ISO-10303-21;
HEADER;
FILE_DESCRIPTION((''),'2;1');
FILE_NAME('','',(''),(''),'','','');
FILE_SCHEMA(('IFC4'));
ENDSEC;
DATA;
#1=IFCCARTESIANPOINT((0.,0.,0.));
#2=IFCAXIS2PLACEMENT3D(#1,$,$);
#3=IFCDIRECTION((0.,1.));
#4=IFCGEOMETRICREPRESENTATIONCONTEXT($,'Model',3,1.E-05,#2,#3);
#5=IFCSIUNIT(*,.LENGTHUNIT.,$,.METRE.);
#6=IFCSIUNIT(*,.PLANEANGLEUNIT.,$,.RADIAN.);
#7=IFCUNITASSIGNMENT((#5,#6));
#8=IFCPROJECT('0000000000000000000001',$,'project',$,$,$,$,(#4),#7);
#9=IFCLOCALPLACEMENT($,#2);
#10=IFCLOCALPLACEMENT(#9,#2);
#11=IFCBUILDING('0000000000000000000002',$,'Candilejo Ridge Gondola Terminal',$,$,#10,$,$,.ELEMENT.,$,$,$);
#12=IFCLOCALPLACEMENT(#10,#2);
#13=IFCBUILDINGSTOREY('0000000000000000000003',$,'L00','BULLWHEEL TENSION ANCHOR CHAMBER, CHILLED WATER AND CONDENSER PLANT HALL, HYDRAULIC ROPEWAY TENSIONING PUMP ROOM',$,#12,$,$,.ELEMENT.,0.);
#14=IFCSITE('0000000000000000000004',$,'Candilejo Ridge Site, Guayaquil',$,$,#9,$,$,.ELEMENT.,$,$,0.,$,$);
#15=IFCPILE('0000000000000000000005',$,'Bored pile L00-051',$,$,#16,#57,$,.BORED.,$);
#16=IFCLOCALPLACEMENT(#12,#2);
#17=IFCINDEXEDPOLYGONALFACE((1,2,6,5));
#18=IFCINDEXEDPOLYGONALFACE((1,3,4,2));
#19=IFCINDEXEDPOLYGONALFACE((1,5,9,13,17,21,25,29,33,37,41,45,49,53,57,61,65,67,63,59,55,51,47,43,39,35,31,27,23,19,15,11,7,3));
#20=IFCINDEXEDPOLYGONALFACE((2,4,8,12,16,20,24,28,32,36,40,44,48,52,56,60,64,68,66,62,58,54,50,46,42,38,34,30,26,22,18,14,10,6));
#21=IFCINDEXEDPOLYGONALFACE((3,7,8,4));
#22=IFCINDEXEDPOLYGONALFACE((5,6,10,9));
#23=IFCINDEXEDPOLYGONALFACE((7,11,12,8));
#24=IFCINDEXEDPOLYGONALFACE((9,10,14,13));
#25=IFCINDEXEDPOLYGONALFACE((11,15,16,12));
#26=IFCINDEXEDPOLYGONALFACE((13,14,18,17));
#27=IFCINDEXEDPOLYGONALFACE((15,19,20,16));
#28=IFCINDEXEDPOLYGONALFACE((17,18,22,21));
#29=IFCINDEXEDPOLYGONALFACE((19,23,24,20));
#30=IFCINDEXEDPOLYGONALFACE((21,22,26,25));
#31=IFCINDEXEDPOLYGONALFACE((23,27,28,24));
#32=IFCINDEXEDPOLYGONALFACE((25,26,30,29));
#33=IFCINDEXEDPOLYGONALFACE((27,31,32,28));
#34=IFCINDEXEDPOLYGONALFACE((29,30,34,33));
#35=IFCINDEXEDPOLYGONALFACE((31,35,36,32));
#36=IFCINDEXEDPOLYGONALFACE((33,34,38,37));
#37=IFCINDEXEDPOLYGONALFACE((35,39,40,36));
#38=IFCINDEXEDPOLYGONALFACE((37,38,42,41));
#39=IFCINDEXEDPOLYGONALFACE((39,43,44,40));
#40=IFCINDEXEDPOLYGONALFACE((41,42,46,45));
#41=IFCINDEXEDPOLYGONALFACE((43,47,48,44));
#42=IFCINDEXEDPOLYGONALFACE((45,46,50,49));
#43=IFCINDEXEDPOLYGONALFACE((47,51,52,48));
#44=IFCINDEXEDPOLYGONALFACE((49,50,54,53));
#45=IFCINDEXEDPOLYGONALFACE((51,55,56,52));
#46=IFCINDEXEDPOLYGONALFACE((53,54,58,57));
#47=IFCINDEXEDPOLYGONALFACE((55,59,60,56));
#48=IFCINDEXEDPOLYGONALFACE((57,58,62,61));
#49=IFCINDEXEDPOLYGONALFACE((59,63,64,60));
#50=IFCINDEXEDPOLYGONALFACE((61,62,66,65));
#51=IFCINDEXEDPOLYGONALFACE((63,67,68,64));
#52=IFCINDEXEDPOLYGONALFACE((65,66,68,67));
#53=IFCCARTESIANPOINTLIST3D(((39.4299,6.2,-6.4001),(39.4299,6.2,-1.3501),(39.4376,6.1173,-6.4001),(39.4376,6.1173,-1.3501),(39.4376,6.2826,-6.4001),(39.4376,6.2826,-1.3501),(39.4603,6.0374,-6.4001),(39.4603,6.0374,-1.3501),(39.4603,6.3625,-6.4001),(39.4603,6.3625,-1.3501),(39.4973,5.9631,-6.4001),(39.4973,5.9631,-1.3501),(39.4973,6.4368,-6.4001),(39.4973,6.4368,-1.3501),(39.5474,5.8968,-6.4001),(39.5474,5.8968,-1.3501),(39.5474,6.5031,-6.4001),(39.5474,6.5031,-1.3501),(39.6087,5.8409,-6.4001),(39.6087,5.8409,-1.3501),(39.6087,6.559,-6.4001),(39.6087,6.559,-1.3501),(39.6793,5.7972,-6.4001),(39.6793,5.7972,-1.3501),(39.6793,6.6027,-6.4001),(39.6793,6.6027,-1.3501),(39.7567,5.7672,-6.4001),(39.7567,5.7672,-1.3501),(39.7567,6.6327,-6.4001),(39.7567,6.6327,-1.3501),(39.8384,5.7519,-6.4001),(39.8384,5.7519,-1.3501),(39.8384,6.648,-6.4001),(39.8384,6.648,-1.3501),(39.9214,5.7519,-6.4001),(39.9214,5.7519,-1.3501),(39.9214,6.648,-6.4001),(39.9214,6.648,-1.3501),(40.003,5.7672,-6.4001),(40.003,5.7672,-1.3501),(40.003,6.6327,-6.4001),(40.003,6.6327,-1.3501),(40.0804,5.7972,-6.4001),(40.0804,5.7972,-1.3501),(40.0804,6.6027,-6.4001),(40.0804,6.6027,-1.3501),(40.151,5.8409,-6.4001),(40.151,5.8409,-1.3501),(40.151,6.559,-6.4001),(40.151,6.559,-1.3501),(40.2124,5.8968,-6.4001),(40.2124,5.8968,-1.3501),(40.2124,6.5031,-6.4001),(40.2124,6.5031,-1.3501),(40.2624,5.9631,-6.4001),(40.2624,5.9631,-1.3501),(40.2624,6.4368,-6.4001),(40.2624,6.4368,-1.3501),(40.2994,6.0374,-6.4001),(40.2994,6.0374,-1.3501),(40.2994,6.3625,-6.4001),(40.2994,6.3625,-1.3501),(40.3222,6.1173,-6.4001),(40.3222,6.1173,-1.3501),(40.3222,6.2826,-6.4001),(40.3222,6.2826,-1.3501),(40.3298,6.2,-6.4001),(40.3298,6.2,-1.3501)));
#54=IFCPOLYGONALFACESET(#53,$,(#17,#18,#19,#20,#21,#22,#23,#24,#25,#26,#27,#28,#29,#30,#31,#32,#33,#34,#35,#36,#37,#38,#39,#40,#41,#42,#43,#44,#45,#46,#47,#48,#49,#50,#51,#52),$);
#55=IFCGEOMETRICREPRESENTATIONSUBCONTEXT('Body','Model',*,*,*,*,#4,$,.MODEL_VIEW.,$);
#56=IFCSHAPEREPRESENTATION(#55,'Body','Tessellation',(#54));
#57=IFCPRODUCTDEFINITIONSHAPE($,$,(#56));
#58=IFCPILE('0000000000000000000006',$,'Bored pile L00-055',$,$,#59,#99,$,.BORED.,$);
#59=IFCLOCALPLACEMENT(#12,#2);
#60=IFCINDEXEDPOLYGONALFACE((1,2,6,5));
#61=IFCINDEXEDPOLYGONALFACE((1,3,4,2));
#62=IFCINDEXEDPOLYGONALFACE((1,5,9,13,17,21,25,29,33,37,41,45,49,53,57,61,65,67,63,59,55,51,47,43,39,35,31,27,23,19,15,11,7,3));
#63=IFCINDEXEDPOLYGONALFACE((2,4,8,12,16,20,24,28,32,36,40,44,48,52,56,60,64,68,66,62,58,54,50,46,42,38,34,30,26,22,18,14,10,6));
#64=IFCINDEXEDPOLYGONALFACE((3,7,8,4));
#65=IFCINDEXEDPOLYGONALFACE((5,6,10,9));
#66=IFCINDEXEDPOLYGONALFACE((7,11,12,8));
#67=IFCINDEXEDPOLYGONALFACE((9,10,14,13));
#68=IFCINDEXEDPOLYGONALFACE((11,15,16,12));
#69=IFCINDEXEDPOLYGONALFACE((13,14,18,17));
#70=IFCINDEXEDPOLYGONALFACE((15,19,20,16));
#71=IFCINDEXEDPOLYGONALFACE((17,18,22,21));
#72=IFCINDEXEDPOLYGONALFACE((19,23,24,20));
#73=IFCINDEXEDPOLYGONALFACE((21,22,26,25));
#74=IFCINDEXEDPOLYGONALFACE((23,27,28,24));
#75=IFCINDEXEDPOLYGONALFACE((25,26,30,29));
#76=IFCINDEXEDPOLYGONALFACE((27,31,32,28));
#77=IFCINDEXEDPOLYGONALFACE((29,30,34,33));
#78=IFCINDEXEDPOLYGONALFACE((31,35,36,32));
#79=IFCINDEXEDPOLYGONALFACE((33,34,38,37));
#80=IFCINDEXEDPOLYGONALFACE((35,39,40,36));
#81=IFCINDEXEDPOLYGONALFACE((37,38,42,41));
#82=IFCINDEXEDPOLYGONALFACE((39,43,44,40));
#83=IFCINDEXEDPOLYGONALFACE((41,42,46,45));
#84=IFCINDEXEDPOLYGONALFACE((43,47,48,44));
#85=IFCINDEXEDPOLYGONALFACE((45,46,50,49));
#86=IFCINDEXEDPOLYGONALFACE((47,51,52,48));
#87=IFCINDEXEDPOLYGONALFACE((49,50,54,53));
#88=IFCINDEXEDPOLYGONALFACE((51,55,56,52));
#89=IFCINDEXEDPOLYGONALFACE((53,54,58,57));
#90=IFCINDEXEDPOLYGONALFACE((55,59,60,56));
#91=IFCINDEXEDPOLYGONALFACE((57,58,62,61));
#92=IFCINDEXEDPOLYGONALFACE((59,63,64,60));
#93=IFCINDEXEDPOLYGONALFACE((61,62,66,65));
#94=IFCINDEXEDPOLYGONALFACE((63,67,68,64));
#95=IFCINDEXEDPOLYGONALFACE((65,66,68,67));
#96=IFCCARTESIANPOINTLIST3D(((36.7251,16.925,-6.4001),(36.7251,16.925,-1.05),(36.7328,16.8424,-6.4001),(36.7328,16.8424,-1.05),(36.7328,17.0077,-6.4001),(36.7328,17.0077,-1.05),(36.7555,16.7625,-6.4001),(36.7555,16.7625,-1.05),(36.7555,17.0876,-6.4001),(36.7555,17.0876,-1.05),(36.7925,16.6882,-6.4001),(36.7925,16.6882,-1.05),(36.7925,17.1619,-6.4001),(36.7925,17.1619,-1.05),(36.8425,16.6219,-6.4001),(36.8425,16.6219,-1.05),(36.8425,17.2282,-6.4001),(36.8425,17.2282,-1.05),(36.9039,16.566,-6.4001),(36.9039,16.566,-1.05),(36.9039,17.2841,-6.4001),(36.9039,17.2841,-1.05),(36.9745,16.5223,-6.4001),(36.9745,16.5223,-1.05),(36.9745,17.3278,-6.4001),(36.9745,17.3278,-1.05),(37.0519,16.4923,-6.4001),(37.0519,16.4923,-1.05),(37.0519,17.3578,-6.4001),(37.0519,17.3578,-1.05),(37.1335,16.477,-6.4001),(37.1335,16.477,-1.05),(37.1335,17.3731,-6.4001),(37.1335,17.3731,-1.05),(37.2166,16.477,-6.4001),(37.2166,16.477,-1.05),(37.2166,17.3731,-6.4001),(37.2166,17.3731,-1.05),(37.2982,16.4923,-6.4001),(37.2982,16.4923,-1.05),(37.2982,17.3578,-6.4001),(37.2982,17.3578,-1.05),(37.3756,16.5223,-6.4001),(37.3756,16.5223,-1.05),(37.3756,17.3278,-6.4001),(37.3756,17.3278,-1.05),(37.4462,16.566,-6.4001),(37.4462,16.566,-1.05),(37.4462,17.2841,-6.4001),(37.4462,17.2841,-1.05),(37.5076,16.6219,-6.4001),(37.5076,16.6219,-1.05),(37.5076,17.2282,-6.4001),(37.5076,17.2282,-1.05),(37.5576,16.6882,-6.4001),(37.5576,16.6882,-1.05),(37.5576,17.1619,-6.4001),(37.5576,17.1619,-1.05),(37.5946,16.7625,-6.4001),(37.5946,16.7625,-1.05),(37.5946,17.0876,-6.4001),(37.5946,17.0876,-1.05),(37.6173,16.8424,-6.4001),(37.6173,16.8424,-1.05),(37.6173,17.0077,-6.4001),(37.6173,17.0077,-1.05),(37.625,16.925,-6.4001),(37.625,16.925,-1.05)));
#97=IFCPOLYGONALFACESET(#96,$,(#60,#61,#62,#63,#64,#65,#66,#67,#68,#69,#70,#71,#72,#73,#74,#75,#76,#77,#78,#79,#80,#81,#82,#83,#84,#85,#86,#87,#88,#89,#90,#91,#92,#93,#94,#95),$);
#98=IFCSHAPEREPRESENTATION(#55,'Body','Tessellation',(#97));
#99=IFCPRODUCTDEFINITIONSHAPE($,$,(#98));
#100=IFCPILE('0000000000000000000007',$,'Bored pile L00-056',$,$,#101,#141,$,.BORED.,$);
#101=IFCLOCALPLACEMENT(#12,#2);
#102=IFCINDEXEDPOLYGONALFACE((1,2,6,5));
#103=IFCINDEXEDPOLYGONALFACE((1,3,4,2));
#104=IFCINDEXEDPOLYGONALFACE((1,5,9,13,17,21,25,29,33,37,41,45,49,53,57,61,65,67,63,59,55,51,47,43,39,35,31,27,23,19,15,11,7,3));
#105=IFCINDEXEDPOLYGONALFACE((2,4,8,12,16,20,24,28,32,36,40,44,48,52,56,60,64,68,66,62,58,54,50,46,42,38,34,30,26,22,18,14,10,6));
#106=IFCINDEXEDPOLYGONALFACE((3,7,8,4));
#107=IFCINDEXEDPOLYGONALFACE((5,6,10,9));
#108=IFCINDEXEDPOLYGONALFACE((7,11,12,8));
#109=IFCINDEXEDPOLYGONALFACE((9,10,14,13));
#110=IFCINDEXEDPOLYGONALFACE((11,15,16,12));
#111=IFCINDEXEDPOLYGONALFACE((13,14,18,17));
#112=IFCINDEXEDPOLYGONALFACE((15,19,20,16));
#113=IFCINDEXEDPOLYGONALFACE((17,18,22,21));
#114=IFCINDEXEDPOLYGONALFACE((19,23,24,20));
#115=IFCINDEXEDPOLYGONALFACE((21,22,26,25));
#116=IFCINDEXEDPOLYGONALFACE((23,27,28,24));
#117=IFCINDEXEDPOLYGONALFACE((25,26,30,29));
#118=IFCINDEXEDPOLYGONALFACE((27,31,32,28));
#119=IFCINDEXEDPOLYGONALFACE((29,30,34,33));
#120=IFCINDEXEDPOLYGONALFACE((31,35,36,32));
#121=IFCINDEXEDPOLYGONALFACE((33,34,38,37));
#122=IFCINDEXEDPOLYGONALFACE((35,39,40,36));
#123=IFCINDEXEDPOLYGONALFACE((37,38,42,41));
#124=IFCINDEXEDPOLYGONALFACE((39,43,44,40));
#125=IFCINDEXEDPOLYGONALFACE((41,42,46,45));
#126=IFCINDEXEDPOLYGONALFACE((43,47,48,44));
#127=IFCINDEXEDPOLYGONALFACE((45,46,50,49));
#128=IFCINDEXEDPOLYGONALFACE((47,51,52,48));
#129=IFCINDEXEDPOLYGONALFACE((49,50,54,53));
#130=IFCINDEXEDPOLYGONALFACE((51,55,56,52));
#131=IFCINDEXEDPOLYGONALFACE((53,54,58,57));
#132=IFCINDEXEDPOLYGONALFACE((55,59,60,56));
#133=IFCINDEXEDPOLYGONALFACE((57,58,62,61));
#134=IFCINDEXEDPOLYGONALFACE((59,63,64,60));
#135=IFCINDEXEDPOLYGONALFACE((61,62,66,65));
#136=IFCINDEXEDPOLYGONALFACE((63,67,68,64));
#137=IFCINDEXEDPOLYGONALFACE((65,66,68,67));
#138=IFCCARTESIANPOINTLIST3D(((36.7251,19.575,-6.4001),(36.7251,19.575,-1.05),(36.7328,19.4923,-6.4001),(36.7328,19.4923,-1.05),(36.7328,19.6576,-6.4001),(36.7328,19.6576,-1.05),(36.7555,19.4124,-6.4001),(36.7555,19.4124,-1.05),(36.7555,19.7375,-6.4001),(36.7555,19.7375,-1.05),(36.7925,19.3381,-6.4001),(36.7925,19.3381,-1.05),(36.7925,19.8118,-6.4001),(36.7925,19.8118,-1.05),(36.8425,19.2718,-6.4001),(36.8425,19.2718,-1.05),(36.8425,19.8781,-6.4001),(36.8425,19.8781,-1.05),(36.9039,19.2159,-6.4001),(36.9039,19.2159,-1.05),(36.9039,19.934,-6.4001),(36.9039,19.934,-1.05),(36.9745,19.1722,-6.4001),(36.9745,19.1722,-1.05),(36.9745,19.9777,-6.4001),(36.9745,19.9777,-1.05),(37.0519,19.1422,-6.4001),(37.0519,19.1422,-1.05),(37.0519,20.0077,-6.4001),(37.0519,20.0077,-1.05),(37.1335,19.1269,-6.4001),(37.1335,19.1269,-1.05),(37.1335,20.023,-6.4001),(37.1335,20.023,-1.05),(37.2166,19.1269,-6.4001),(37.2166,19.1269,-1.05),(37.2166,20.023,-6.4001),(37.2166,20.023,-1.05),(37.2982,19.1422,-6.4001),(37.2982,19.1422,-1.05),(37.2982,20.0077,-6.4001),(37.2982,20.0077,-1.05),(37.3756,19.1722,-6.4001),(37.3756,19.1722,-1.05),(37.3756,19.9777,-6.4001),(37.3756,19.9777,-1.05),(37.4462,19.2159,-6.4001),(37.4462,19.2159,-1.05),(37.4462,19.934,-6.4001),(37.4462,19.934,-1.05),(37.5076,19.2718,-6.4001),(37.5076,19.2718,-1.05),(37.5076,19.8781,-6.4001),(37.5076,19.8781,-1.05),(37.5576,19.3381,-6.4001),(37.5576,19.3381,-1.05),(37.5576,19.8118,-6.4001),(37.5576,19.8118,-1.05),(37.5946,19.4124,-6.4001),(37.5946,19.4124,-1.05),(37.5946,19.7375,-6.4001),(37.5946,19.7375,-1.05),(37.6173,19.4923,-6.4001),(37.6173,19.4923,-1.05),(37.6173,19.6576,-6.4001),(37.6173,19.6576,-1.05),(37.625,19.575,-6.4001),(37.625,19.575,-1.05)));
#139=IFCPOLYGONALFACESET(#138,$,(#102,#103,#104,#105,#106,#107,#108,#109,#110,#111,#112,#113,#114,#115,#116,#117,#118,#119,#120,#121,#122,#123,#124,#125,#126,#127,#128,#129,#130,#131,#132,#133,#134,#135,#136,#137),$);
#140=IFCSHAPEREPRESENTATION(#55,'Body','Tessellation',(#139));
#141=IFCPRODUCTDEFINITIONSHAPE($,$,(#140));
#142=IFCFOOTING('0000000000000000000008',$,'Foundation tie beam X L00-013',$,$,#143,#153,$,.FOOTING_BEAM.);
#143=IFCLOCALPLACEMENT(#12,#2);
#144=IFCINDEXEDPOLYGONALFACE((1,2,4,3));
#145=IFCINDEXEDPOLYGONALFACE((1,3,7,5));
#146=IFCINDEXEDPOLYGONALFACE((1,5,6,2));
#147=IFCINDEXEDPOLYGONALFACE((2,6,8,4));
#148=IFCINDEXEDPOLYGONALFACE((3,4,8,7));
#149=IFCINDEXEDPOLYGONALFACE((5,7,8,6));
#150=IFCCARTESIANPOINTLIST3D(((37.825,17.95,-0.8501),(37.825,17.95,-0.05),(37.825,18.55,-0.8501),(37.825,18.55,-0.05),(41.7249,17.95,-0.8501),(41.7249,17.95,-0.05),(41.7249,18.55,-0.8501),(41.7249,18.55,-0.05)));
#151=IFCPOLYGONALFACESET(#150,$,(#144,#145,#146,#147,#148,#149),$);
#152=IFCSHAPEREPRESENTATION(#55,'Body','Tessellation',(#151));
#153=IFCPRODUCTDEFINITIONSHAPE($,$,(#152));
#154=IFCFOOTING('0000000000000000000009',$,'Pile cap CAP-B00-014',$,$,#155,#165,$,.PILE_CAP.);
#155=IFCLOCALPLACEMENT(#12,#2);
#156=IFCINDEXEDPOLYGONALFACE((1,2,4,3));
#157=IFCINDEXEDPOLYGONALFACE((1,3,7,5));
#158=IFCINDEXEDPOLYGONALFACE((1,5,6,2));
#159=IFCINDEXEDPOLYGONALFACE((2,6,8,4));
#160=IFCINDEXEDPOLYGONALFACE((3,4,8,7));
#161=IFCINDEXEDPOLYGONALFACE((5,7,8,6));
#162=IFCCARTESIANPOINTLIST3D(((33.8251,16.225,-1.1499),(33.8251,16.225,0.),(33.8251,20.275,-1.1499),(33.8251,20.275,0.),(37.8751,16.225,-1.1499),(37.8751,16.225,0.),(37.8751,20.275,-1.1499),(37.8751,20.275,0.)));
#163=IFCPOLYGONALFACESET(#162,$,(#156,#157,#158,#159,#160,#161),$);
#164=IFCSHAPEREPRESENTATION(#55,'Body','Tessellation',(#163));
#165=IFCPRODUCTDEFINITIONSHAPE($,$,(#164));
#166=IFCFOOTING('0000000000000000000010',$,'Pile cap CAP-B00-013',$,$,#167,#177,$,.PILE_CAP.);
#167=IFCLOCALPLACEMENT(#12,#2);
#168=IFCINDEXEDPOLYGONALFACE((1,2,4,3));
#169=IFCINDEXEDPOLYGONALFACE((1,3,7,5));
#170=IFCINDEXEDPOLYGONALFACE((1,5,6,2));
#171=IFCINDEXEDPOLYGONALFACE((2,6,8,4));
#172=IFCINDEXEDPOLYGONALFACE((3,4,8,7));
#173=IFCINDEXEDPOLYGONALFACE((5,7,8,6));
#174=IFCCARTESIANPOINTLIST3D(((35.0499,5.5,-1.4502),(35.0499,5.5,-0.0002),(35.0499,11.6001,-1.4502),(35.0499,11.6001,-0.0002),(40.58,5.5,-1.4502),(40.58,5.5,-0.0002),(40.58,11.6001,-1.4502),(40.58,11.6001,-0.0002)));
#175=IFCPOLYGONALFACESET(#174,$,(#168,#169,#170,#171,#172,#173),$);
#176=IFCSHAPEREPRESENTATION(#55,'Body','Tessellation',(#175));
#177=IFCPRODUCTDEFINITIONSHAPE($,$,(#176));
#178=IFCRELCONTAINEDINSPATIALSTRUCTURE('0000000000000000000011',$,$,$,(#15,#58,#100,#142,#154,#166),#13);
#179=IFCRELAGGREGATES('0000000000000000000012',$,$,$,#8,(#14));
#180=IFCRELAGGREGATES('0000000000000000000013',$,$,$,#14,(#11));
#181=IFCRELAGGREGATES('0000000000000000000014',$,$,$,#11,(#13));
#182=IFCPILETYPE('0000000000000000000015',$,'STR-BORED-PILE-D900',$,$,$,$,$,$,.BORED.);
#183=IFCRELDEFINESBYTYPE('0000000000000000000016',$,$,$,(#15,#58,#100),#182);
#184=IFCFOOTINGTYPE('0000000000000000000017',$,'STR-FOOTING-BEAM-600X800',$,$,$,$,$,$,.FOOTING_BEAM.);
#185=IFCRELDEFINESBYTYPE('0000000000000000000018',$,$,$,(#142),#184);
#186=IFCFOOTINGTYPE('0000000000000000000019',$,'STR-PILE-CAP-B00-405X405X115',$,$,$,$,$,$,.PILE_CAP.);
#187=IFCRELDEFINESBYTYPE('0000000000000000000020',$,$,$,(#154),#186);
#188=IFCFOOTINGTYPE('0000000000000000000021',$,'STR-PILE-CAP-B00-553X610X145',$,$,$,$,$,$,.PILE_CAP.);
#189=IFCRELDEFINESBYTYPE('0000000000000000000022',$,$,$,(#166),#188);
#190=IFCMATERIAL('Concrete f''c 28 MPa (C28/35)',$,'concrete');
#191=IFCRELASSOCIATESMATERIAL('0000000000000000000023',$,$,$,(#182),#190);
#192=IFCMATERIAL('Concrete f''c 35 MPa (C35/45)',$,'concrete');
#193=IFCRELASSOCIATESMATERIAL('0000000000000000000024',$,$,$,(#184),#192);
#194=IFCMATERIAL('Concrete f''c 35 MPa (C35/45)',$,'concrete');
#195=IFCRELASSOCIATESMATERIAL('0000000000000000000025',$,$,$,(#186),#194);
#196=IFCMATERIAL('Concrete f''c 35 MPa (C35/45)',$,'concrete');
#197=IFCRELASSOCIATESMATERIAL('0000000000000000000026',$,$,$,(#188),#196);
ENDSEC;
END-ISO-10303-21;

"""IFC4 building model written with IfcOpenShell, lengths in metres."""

from ifc_helpers import new_model, si_unit, direction, frame, origin, origin_2d, place, context, subcontext, project, spatial, rectangle, circle, extrude, material, material_profile, profile_set, type_object, element, save


model = new_model("IFC4")

# Units and contexts
model_context = context("Model", 3, precision=1e-05, world=origin(), true_north=direction((0.0, 1.0)))
body_context = subcontext(model_context, "Body", "Model", "MODEL_VIEW")
ifc_project = project(units=[si_unit("LENGTHUNIT", "METRE"), si_unit("PLANEANGLEUNIT", "RADIAN")], contexts=[model_context])

# Site, building, storey
site_placement = place(None, origin())
site = spatial("IfcSite", under=ifc_project, at=site_placement, Name="Candilejo Ridge Site, Guayaquil", CompositionType="ELEMENT", RefElevation=0.0)
building_placement = place(site_placement, origin())
building = spatial("IfcBuilding", under=site, at=building_placement, Name="Candilejo Ridge Gondola Terminal", CompositionType="ELEMENT")
storey_placement = place(building_placement, origin())
storey = spatial("IfcBuildingStorey", under=building, at=storey_placement, Name="L00", Description="BULLWHEEL TENSION ANCHOR CHAMBER, CHILLED WATER AND CONDENSER PLANT HALL, HYDRAULIC ROPEWAY TENSIONING PUMP ROOM", CompositionType="ELEMENT", Elevation=0.0)

# Piles
ifc_material_1 = material(Name="Concrete f'c 28 MPa (C28/35)", Category="concrete")
ifc_material_profile_1 = material_profile(ifc_material_1, circle(Radius=0.45, at=origin_2d()))
ifc_profile_set_1 = profile_set([ifc_material_profile_1], Name="Concrete f'c 28 MPa (C28/35)")
pile_type = type_object("IfcPileType", Name="STR-BORED-PILE-D900", PredefinedType="BORED", material=ifc_profile_set_1)
pile_placement = place(storey_placement, frame((39.8799, 6.2, -1.3501), z_axis=(0.0, 0.0, -1.0), x_axis=(1.0, 0.0, 0.0)))
element("IfcPile", 1, at=pile_placement, inside=storey, type_object=pile_type, Name="Bored pile L00-051", PredefinedType="BORED", context=body_context, shape_type="SweptSolid", body=[
    extrude(circle(Radius=0.45, at=origin_2d()), origin(), (0.0, 0.0, 1.0), 5.05),
])
for number, where, z_axis, x_axis, name in (
    (2, (37.175, 16.925, -1.05), (0.0, 0.0, -1.0), (1.0, 0.0, 0.0), "Bored pile L00-055"),
    (3, (37.175, 19.575, -1.05), (0.0, 0.0, -1.0), (1.0, 0.0, 0.0), "Bored pile L00-056"),
):
    element("IfcPile", number, at=place(storey_placement, frame(where, z_axis=z_axis, x_axis=x_axis)), inside=storey, type_object=pile_type, Name=name, PredefinedType="BORED", context=body_context, shape_type="SweptSolid", body=[
        extrude(circle(Radius=0.45, at=origin_2d()), origin(), (0.0, 0.0, 1.0), 5.3501),
    ])

# Footings
ifc_material_2 = material(Name="Concrete f'c 35 MPa (C35/45)", Category="concrete")
footing_type_1 = type_object("IfcFootingType", Name="STR-FOOTING-BEAM-600X800", PredefinedType="FOOTING_BEAM", material=ifc_material_2)
footing_1_placement = place(storey_placement, frame((39.7749, 18.25, -0.8501), z_axis=(0.0, 0.0, 1.0), x_axis=(1.0, 0.0, 0.0)))
element("IfcFooting", 4, at=footing_1_placement, inside=storey, type_object=footing_type_1, Name="Foundation tie beam X L00-013", PredefinedType="FOOTING_BEAM", context=body_context, shape_type="SweptSolid", body=[
    extrude(rectangle(XDim=3.8999, YDim=0.6001, at=origin_2d()), origin(), (0.0, 0.0, 1.0), 0.8),
])
ifc_material_3 = material(Name="Concrete f'c 35 MPa (C35/45)", Category="concrete")
footing_type_2 = type_object("IfcFootingType", Name="STR-PILE-CAP-B00-405X405X115", PredefinedType="PILE_CAP", material=ifc_material_3)
footing_2_placement = place(storey_placement, frame((35.8501, 18.25, -1.1499), z_axis=(0.0, 0.0, 1.0), x_axis=(1.0, 0.0, 0.0)))
element("IfcFooting", 5, at=footing_2_placement, inside=storey, type_object=footing_type_2, Name="Pile cap CAP-B00-014", PredefinedType="PILE_CAP", context=body_context, shape_type="SweptSolid", body=[
    extrude(rectangle(XDim=4.05, YDim=4.05, at=origin_2d()), origin(), (0.0, 0.0, 1.0), 1.1499),
])
ifc_material_4 = material(Name="Concrete f'c 35 MPa (C35/45)", Category="concrete")
footing_type_3 = type_object("IfcFootingType", Name="STR-PILE-CAP-B00-553X610X145", PredefinedType="PILE_CAP", material=ifc_material_4)
footing_3_placement = place(storey_placement, frame((37.8149, 8.55, -1.4502), z_axis=(0.0, 0.0, 1.0), x_axis=(1.0, 0.0, 0.0)))
element("IfcFooting", 6, at=footing_3_placement, inside=storey, type_object=footing_type_3, Name="Pile cap CAP-B00-013", PredefinedType="PILE_CAP", context=body_context, shape_type="SweptSolid", body=[
    extrude(rectangle(XDim=5.53, YDim=6.1001, at=origin_2d()), origin(), (0.0, 0.0, 1.0), 1.45),
])

save(model, "model.ifc")
